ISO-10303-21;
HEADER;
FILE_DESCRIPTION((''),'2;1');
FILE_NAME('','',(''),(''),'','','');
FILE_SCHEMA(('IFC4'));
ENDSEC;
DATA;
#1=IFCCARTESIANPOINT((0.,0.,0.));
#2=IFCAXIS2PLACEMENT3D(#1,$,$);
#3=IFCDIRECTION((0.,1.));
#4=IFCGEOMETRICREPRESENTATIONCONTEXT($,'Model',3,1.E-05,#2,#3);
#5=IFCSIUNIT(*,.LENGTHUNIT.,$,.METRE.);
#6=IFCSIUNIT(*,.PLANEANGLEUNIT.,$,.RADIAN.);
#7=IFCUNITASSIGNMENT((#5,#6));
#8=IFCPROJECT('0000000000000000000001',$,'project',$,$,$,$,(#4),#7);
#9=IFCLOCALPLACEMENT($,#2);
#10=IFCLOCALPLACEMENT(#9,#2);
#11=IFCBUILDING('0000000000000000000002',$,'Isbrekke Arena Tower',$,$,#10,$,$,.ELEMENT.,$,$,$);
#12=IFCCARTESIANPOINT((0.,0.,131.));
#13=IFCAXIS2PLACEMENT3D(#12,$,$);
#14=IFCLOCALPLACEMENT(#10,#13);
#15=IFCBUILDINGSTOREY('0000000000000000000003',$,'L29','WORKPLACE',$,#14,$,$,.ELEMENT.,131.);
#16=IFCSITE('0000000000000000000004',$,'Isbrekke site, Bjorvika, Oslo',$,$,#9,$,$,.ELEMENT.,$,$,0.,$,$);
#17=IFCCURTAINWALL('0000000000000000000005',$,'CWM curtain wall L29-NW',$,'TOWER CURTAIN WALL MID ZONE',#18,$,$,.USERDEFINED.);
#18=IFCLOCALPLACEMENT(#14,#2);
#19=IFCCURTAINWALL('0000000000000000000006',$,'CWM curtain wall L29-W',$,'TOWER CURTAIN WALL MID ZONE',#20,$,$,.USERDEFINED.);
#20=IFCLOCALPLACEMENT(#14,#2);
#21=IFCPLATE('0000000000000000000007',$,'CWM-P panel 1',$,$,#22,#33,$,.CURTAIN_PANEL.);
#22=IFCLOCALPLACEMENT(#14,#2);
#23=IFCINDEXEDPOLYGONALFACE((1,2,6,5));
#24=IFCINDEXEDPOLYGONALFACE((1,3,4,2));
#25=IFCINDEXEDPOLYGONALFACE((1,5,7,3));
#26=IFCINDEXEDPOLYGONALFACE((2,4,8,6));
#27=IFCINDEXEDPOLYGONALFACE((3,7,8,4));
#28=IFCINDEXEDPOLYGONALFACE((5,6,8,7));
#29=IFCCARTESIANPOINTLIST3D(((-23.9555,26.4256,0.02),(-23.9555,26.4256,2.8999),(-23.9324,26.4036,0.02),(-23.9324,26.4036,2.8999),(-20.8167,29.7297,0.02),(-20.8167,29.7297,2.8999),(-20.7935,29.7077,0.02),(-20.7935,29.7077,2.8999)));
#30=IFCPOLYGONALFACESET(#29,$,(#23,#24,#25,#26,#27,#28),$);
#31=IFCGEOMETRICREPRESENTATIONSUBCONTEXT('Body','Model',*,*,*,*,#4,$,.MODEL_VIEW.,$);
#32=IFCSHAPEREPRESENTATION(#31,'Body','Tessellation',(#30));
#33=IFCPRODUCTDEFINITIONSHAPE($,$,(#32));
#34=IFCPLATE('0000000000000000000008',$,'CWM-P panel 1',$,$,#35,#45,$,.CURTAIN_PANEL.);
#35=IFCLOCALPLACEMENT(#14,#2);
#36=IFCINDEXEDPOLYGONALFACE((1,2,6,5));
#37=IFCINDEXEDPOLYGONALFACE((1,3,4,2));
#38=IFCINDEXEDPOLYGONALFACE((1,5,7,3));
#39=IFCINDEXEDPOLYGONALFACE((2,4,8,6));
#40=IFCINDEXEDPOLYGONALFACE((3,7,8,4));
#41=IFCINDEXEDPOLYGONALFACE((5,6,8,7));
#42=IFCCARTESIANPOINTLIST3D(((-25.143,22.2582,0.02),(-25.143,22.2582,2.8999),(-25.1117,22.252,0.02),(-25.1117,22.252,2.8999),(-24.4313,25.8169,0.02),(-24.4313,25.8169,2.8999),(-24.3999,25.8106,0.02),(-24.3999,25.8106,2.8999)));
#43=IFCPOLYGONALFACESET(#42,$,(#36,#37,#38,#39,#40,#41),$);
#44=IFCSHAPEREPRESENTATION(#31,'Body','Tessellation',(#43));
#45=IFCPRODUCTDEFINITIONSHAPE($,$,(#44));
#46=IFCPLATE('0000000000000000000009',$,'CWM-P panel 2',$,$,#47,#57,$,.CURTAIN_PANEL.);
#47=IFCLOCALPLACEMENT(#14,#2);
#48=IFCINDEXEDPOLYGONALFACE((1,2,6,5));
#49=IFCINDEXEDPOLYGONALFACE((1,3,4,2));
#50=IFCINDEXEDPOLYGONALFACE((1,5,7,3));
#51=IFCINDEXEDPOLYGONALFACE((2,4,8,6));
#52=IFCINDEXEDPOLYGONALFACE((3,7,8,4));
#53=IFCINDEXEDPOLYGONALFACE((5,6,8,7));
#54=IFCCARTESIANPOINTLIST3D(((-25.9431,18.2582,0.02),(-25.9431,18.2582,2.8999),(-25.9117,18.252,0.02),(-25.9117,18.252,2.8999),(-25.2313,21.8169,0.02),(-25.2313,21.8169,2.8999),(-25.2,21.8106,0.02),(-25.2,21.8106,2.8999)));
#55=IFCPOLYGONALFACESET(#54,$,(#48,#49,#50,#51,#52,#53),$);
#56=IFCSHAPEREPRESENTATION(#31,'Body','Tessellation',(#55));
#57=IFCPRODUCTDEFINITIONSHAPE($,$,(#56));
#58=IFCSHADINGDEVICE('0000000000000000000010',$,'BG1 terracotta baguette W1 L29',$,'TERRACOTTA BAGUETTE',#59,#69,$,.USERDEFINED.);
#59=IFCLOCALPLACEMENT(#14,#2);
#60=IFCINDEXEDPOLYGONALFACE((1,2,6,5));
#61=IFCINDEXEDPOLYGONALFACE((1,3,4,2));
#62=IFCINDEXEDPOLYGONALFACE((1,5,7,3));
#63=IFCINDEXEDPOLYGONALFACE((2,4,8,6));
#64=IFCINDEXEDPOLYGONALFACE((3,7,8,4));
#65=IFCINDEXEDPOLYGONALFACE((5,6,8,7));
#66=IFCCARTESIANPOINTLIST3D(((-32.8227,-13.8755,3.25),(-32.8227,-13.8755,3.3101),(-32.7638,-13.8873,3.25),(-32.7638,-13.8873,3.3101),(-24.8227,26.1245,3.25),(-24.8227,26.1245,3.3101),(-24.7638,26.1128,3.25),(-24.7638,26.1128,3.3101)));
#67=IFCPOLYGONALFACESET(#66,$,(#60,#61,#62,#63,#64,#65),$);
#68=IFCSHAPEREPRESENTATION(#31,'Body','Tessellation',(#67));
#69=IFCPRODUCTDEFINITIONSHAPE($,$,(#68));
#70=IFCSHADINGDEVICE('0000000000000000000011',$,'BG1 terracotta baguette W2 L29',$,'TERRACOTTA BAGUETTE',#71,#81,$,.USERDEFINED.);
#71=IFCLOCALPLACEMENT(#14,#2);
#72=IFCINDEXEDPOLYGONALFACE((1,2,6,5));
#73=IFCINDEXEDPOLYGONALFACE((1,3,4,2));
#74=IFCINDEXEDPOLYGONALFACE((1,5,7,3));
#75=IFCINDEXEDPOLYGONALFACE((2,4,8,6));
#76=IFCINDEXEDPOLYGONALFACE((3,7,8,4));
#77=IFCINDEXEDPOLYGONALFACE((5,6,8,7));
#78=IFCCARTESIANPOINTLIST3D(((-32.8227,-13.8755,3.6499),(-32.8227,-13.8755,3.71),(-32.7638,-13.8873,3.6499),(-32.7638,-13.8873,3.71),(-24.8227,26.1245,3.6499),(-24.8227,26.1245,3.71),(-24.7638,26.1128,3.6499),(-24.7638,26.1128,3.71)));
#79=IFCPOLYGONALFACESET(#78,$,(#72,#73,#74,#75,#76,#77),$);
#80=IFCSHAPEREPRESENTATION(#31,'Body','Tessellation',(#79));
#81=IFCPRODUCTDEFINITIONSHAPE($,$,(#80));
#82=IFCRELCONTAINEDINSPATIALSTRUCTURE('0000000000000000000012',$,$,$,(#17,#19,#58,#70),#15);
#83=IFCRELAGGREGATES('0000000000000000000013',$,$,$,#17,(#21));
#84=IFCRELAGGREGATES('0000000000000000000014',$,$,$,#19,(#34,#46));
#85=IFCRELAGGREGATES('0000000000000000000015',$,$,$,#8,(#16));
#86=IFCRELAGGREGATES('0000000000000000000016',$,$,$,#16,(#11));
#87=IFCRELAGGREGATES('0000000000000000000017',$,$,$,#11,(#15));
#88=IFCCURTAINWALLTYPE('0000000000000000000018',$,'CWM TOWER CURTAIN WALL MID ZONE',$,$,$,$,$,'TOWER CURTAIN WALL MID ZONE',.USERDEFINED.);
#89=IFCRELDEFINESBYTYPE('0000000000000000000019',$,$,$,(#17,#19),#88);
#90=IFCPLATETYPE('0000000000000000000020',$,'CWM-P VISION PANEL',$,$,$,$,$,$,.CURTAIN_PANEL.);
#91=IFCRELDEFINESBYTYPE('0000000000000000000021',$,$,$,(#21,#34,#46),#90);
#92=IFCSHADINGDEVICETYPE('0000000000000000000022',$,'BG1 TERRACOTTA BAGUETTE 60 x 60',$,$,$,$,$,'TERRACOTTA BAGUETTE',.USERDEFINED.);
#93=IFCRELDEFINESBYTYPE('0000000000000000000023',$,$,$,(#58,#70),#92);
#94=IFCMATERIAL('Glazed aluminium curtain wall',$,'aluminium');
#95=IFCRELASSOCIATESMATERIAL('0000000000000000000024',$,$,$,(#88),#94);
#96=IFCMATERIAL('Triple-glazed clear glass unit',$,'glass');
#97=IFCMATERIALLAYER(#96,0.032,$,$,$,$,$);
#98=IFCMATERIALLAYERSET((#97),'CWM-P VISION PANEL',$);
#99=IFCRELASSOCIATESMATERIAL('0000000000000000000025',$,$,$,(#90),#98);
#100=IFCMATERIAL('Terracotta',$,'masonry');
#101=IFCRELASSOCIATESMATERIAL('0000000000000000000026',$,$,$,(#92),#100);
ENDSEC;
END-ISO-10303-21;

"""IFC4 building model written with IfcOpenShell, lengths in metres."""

from ifc_helpers import new_model, si_unit, direction, frame, origin, origin_2d, place, context, subcontext, project, spatial, rectangle, extrude, material, layer, layer_set, material_profile, profile_set, type_object, element, aggregate, save


model = new_model("IFC4")

# Units and contexts
model_context = context("Model", 3, precision=1e-05, world=origin(), true_north=direction((0.0, 1.0)))
body_context = subcontext(model_context, "Body", "Model", "MODEL_VIEW")
ifc_project = project(units=[si_unit("LENGTHUNIT", "METRE"), si_unit("PLANEANGLEUNIT", "RADIAN")], contexts=[model_context])

# Site, building, storey
site_placement = place(None, origin())
site = spatial("IfcSite", under=ifc_project, at=site_placement, Name="Isbrekke site, Bjorvika, Oslo", CompositionType="ELEMENT", RefElevation=0.0)
building_placement = place(site_placement, origin())
building = spatial("IfcBuilding", under=site, at=building_placement, Name="Isbrekke Arena Tower", CompositionType="ELEMENT")
storey_placement = place(building_placement, frame((0.0, 0.0, 131.0)))
storey = spatial("IfcBuildingStorey", under=building, at=storey_placement, Name="L29", Description="WORKPLACE", CompositionType="ELEMENT", Elevation=131.0)

# Shared definitions
ifc_material_1 = material(Name="Glazed aluminium curtain wall", Category="aluminium")
curtain_wall_type = type_object("IfcCurtainWallType", Name="CWM TOWER CURTAIN WALL MID ZONE", ElementType="TOWER CURTAIN WALL MID ZONE", PredefinedType="USERDEFINED", material=ifc_material_1)

# Curtain walls
curtain_wall_1_placement = place(storey_placement, origin())
curtain_wall_1 = element("IfcCurtainWall", 1, at=curtain_wall_1_placement, inside=storey, type_object=curtain_wall_type, Name="CWM curtain wall L29-NW", ObjectType="TOWER CURTAIN WALL MID ZONE", PredefinedType="USERDEFINED")
curtain_wall_2_placement = place(storey_placement, origin())
curtain_wall_2 = element("IfcCurtainWall", 2, at=curtain_wall_2_placement, inside=storey, type_object=curtain_wall_type, Name="CWM curtain wall L29-W", ObjectType="TOWER CURTAIN WALL MID ZONE", PredefinedType="USERDEFINED")

# Plates
ifc_material_2 = material(Name="Triple-glazed clear glass unit", Category="glass")
ifc_layer_1 = layer(ifc_material_2, 0.032)
ifc_layer_set_1 = layer_set([ifc_layer_1], Name="CWM-P VISION PANEL")
plate_type = type_object("IfcPlateType", Name="CWM-P VISION PANEL", PredefinedType="CURTAIN_PANEL", material=ifc_layer_set_1)
plate_1_placement = place(storey_placement, frame((-22.3745, 28.0667, 0.02), z_axis=(0.0, 0.0, 1.0), x_axis=(-0.688749, -0.724999, 0.0)))
plate_1 = element("IfcPlate", 3, at=plate_1_placement, type_object=plate_type, Name="CWM-P panel 1", PredefinedType="CURTAIN_PANEL", context=body_context, shape_type="SweptSolid", body=[
    extrude(rectangle(XDim=4.5574, YDim=0.032, at=origin_2d()), origin(), (0.0, 0.0, 1.0), 2.8799),
])
aggregate(curtain_wall_1, [plate_1])
plate_2_placement = place(storey_placement, frame((-24.7715, 24.0344, 0.02), z_axis=(0.0, 0.0, 1.0), x_axis=(-0.196116, -0.980581, 0.0)))
plate_2 = element("IfcPlate", 4, at=plate_2_placement, type_object=plate_type, Name="CWM-P panel 1", PredefinedType="CURTAIN_PANEL", context=body_context, shape_type="SweptSolid", body=[
    extrude(rectangle(XDim=3.6292, YDim=0.032, at=origin_2d()), origin(), (0.0, 0.0, 1.0), 2.8799),
])
plate_3_placement = place(storey_placement, frame((-25.5715, 20.0344, 0.02), z_axis=(0.0, 0.0, 1.0), x_axis=(-0.196116, -0.980581, 0.0)))
plate_3 = element("IfcPlate", 5, at=plate_3_placement, type_object=plate_type, Name="CWM-P panel 2", PredefinedType="CURTAIN_PANEL", context=body_context, shape_type="SweptSolid", body=[
    extrude(rectangle(XDim=3.6292, YDim=0.032, at=origin_2d()), origin(), (0.0, 0.0, 1.0), 2.8799),
])
aggregate(curtain_wall_2, [plate_2, plate_3])

# Shading devices
ifc_material_3 = material(Name="Terracotta", Category="masonry")
ifc_material_profile_1 = material_profile(ifc_material_3, rectangle(XDim=0.0601, YDim=0.0601, at=origin_2d()), Name="BAGUETTE 60X60")
ifc_profile_set_1 = profile_set([ifc_material_profile_1], Name="Terracotta")
shading_device_type = type_object("IfcShadingDeviceType", Name="BG1 TERRACOTTA BAGUETTE 60 x 60", ElementType="TERRACOTTA BAGUETTE", PredefinedType="USERDEFINED", material=ifc_profile_set_1)
for number, where, z_axis, x_axis, name in (
    (6, (-24.7932, 26.1187, 3.28), (-0.196116, -0.980581, 0.0), (0.980581, -0.196116, 0.0), "BG1 terracotta baguette W1 L29"),
    (7, (-24.7932, 26.1187, 3.6799), (-0.196116, -0.980581, 0.0), (0.980581, -0.196116, 0.0), "BG1 terracotta baguette W2 L29"),
):
    element("IfcShadingDevice", number, at=place(storey_placement, frame(where, z_axis=z_axis, x_axis=x_axis)), inside=storey, type_object=shading_device_type, Name=name, ObjectType="TERRACOTTA BAGUETTE", PredefinedType="USERDEFINED", context=body_context, shape_type="SweptSolid", body=[
        extrude(rectangle(XDim=0.0601, YDim=0.0601, at=origin_2d()), origin(), (0.0, 0.0, 1.0), 40.7922),
    ])

save(model, "model.ifc")
